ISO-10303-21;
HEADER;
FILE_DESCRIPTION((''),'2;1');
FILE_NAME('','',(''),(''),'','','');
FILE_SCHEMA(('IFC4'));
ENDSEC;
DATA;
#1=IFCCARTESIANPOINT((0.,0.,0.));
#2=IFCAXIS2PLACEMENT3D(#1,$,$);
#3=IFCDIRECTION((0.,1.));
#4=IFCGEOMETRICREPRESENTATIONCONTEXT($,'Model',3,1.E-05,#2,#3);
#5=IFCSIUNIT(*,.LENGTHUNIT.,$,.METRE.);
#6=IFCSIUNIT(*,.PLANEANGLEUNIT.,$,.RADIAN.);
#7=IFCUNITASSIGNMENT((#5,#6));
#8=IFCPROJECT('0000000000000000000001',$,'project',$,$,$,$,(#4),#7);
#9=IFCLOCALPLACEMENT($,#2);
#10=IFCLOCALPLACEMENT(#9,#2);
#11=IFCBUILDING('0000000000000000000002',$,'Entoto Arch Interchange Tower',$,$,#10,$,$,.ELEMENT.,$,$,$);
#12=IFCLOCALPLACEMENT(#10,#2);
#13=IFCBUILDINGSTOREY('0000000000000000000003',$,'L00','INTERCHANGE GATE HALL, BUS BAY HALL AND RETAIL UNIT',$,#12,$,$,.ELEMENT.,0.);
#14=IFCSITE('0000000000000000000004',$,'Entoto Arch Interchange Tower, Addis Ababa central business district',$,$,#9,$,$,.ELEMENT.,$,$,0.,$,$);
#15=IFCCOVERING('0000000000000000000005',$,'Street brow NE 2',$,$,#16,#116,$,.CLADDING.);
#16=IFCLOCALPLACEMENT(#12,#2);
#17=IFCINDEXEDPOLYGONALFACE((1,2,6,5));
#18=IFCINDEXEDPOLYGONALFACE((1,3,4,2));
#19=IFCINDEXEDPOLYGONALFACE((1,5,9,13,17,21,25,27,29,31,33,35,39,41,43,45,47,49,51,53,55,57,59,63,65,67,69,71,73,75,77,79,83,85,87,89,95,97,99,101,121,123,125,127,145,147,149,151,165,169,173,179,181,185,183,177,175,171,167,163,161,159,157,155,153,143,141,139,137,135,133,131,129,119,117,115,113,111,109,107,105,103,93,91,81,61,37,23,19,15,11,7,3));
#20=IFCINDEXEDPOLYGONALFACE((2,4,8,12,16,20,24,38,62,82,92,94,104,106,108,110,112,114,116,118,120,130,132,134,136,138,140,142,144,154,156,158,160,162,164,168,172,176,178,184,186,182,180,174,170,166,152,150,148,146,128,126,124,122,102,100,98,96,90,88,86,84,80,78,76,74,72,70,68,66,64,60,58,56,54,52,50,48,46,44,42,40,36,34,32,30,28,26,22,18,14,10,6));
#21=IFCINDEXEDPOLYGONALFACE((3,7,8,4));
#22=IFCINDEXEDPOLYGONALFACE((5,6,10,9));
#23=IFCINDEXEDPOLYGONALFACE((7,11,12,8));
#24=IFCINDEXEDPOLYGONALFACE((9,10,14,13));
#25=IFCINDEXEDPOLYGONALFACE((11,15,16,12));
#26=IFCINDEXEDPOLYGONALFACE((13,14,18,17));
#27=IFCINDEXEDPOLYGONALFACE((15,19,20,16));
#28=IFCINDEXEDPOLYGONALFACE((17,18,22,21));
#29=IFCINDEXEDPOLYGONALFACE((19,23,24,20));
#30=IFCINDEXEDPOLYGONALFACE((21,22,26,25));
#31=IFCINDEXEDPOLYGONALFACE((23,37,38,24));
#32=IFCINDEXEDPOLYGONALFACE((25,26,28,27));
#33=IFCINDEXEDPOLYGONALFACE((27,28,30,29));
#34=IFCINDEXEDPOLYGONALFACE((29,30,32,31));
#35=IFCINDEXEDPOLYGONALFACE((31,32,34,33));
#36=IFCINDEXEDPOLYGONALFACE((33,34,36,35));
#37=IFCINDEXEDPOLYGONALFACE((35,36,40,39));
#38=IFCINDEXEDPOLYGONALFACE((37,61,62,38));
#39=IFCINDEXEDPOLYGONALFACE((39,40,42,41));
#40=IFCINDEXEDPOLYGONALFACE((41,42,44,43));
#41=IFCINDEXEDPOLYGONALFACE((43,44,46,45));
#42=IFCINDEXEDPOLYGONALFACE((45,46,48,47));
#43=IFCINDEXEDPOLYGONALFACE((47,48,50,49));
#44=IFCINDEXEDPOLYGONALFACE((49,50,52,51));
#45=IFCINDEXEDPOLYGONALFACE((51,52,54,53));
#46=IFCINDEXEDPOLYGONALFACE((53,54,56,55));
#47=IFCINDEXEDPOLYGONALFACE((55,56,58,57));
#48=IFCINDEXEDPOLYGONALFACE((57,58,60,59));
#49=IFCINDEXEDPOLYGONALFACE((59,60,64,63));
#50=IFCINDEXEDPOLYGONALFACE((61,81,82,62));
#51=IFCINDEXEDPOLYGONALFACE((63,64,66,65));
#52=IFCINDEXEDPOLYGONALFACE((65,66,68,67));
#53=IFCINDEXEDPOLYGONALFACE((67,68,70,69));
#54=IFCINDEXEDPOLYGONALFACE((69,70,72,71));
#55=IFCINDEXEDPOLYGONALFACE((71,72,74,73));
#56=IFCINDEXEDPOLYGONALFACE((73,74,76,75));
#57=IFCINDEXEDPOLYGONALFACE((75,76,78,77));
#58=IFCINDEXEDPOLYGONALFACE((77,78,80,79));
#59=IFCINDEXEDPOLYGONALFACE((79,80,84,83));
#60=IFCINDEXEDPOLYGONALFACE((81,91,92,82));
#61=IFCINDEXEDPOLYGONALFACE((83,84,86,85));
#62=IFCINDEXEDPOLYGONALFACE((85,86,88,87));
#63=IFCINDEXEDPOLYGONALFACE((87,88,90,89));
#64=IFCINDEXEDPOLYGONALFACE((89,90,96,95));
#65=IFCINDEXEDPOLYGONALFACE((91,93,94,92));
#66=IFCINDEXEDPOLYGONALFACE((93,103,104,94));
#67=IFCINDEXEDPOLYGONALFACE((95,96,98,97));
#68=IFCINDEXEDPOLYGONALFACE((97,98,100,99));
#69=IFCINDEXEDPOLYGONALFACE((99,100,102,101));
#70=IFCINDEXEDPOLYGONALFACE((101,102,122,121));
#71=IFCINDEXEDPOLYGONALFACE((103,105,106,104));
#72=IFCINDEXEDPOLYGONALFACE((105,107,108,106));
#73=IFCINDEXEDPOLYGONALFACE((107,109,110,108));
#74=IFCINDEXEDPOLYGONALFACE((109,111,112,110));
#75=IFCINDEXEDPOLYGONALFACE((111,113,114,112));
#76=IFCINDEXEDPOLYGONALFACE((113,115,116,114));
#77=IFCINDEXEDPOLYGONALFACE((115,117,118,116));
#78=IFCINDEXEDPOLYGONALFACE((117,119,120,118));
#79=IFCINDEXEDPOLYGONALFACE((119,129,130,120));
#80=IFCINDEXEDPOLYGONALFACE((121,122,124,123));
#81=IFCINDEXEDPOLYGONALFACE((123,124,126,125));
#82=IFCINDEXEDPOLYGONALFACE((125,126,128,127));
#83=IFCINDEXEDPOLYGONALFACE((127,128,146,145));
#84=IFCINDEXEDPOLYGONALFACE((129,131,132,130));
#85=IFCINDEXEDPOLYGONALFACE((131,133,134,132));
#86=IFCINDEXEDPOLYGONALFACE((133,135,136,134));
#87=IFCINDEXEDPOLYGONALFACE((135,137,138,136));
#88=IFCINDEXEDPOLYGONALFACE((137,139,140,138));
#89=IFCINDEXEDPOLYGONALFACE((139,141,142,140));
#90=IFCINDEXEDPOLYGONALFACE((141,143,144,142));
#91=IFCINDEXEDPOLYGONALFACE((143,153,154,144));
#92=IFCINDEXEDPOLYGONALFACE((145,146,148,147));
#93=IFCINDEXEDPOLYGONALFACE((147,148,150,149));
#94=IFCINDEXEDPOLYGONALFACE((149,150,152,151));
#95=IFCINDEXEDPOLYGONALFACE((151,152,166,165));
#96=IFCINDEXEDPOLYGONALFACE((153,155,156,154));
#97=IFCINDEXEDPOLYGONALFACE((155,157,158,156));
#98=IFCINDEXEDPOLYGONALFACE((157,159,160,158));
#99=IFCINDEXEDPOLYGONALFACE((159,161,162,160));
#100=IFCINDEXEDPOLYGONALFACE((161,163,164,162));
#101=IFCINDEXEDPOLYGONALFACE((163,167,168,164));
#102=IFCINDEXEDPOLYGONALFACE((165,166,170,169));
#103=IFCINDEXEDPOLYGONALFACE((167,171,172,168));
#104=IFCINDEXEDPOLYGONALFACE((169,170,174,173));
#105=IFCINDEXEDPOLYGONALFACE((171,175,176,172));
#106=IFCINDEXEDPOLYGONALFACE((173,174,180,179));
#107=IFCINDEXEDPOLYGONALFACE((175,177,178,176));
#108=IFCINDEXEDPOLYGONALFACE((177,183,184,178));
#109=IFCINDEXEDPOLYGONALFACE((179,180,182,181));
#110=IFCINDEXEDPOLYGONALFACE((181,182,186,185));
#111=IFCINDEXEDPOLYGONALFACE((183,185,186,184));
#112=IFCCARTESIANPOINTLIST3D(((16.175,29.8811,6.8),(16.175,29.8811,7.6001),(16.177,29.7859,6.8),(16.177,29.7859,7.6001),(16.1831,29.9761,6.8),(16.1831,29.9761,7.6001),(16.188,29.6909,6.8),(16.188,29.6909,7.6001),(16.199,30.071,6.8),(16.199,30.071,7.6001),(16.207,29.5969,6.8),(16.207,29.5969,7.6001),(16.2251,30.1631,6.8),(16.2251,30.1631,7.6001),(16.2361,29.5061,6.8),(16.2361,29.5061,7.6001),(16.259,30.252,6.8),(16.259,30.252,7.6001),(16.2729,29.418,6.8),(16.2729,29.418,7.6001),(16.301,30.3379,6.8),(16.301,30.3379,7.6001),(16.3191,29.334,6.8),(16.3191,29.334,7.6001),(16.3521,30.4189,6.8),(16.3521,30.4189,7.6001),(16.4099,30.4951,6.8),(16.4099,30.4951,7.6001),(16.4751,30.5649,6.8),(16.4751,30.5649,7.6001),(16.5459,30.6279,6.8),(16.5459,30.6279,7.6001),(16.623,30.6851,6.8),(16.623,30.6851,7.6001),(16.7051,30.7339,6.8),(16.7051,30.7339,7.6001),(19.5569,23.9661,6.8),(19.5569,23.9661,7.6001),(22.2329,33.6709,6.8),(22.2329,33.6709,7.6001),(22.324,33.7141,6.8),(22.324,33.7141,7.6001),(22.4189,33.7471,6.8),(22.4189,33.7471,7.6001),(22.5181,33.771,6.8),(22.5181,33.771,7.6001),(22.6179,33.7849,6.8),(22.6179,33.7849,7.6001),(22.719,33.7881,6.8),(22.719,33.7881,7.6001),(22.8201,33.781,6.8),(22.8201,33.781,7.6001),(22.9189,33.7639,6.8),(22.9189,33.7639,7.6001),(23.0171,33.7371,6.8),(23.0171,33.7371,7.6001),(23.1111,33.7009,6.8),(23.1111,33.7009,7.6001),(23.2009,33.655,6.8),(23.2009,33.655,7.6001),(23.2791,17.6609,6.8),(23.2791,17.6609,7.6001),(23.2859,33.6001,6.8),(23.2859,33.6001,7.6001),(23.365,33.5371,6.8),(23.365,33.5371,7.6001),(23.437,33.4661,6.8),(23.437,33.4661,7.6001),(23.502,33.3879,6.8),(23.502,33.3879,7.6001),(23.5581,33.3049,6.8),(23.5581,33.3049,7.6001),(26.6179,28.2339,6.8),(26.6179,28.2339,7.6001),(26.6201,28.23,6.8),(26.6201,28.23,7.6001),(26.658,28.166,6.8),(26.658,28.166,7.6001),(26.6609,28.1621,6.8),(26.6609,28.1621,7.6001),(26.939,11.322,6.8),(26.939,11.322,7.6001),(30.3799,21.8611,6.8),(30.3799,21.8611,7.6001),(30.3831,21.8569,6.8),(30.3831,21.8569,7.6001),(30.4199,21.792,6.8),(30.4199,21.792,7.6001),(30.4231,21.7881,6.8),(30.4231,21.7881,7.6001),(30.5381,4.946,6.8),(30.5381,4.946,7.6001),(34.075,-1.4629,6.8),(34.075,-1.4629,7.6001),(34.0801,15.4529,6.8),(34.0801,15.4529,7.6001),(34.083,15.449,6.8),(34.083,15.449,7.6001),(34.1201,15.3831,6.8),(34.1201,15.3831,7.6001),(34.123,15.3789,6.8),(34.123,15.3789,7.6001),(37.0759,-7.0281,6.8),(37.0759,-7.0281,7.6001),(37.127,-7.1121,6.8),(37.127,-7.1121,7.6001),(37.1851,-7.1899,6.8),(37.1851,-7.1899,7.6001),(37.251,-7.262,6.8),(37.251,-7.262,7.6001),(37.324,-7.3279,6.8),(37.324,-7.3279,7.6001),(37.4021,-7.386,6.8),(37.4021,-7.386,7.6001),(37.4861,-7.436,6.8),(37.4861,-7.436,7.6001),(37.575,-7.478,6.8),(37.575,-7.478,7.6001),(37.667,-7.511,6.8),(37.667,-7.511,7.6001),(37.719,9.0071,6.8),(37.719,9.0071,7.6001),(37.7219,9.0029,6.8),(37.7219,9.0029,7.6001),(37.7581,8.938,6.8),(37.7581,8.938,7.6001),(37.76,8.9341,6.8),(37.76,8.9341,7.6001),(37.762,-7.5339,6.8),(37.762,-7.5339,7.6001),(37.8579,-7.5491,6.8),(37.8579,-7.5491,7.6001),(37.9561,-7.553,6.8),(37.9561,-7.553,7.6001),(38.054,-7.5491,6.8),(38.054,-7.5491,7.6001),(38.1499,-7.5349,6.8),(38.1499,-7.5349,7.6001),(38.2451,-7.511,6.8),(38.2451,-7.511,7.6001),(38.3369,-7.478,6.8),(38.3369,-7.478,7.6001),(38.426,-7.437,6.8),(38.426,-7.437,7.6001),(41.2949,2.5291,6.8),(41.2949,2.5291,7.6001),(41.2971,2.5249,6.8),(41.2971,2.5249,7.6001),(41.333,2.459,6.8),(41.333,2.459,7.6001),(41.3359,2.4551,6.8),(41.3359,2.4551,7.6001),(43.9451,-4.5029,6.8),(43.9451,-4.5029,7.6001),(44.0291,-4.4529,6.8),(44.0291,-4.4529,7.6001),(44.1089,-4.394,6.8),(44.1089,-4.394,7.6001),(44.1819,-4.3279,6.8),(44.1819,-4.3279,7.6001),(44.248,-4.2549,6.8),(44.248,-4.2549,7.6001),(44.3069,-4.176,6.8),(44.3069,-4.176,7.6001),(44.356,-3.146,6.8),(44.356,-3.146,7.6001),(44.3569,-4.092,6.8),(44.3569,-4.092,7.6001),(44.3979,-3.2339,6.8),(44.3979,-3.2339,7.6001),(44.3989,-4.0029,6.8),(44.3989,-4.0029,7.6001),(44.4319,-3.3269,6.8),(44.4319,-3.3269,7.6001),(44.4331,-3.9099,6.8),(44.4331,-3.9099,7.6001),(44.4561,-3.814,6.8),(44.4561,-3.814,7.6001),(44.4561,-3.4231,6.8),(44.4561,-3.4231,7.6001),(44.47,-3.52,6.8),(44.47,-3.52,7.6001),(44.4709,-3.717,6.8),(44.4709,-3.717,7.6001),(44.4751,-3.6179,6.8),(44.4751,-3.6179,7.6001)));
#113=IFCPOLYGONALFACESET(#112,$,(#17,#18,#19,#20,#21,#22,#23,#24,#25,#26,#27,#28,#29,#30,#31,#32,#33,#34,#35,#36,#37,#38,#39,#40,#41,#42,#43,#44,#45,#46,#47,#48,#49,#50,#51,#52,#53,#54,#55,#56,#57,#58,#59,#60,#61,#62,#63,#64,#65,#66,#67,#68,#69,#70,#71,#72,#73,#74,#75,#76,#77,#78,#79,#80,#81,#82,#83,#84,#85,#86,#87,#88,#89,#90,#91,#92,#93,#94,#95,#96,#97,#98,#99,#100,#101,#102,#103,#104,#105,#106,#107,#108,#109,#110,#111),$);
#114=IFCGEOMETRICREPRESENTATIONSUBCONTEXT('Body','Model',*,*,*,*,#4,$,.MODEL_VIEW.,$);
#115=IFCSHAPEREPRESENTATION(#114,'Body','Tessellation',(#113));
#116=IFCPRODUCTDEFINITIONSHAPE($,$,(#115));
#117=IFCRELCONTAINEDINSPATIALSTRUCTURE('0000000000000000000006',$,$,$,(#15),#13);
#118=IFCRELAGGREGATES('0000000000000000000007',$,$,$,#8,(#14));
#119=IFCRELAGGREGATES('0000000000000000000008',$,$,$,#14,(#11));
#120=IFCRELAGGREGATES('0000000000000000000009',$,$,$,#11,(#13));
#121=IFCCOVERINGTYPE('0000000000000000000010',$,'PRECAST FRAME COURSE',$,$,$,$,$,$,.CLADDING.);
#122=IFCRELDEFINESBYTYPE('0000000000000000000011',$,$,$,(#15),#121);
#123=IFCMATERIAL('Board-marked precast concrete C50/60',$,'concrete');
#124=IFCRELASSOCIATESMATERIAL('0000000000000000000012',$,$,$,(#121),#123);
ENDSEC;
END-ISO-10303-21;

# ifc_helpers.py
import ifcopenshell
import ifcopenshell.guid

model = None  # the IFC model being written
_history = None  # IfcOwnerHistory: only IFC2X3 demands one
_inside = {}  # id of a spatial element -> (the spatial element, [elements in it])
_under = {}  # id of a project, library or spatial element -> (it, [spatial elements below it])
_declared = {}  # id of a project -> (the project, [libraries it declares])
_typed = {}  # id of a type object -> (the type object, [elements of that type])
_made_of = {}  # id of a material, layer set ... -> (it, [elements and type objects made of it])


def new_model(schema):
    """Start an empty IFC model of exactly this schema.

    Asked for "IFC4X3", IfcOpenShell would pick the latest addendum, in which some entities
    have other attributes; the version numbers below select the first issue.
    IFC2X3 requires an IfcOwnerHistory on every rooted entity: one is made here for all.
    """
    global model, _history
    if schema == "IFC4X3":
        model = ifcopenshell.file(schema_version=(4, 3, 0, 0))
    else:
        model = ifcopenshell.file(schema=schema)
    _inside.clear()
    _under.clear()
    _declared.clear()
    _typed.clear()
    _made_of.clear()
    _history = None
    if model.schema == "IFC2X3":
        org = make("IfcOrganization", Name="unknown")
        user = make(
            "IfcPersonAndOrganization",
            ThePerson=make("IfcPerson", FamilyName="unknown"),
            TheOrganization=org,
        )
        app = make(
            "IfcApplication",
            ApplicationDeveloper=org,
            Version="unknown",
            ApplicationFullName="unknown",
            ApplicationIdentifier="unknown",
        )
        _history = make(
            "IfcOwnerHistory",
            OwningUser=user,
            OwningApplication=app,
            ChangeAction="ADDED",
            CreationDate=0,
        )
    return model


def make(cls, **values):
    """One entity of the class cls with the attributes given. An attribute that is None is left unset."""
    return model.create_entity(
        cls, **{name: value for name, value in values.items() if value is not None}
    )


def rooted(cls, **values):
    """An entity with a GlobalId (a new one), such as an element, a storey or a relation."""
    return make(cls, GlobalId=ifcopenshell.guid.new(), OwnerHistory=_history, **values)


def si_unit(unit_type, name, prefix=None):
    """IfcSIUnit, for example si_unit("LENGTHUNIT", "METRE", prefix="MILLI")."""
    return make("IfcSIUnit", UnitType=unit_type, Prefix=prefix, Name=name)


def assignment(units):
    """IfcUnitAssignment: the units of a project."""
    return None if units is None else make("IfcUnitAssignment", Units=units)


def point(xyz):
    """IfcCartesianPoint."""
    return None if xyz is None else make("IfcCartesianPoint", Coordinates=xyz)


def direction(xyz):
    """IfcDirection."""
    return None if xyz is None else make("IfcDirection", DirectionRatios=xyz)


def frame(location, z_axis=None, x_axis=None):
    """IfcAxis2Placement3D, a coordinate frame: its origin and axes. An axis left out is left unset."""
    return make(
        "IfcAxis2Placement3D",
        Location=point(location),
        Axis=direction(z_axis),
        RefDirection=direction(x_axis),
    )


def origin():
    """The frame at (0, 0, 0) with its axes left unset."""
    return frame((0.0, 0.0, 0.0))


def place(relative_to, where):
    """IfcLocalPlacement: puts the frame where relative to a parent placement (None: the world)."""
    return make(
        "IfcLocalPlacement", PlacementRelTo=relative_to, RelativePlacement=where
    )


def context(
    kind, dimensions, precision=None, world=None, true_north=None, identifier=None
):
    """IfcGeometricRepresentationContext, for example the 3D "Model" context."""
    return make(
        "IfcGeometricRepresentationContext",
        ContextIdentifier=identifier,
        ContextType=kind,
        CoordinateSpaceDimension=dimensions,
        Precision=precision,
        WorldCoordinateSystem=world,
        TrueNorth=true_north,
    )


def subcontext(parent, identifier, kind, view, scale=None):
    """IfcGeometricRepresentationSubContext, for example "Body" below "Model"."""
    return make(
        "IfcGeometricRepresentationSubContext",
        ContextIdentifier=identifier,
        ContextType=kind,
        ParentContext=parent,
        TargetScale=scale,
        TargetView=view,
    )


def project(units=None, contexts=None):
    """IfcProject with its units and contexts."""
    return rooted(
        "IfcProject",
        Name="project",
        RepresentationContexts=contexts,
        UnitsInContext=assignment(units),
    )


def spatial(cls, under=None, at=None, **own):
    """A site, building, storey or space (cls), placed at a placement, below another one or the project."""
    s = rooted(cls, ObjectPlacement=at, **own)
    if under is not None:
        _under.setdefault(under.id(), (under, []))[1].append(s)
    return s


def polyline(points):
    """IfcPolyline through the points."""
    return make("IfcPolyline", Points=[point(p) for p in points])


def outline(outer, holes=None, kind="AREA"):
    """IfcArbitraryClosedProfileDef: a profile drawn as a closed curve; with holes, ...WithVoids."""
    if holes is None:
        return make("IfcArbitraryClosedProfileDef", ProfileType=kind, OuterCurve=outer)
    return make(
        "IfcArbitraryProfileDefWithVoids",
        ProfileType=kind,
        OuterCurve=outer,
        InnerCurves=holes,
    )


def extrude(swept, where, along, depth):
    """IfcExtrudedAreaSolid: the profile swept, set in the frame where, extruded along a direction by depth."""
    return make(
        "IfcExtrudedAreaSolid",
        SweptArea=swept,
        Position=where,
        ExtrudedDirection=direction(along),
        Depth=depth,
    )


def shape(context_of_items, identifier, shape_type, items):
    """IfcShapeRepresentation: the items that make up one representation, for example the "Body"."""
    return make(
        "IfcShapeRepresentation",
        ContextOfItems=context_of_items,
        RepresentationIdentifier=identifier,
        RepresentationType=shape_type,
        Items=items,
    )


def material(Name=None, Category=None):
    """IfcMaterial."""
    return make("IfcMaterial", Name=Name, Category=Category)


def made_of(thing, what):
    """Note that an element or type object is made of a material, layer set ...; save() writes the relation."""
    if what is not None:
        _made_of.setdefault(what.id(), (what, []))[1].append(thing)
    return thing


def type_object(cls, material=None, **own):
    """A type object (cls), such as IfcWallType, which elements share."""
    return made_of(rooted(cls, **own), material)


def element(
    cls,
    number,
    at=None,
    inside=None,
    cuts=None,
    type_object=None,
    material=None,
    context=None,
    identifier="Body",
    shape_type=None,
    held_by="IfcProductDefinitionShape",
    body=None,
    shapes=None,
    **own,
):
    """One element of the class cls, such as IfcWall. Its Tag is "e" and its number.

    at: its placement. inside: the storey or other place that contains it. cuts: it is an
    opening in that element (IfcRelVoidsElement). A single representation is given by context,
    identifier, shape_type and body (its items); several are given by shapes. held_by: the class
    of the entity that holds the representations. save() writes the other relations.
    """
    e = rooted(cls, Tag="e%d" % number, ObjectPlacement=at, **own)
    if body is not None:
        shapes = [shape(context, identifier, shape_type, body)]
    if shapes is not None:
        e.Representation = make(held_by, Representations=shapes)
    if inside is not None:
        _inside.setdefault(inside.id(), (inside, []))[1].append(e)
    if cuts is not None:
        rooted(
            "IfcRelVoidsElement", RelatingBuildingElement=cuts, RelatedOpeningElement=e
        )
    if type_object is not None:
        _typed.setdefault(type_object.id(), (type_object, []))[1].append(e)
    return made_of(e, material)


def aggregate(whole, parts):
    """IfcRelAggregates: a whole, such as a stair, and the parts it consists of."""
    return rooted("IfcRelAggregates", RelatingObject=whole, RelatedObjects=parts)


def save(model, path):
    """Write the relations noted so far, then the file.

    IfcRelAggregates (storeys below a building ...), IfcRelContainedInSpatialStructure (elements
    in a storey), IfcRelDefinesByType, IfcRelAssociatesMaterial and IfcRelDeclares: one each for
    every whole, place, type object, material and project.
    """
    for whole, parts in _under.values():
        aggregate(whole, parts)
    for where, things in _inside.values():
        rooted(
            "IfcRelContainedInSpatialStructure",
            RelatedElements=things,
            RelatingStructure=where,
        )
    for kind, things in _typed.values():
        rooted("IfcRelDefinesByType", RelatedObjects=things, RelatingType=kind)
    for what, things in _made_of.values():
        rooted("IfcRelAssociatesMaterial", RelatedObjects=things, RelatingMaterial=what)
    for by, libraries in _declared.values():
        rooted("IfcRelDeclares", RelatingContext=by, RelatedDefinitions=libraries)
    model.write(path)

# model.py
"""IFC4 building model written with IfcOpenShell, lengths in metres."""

from ifc_helpers import new_model, si_unit, direction, frame, origin, place, context, subcontext, project, spatial, polyline, outline, extrude, material, type_object, element, save


model = new_model("IFC4")

# Units and contexts
model_context = context("Model", 3, precision=1e-05, world=origin(), true_north=direction((0.0, 1.0)))
body_context = subcontext(model_context, "Body", "Model", "MODEL_VIEW")
ifc_project = project(units=[si_unit("LENGTHUNIT", "METRE"), si_unit("PLANEANGLEUNIT", "RADIAN")], contexts=[model_context])

# Site, building, storey
site_placement = place(None, origin())
site = spatial("IfcSite", under=ifc_project, at=site_placement, Name="Entoto Arch Interchange Tower, Addis Ababa central business district", CompositionType="ELEMENT", RefElevation=0.0)
building_placement = place(site_placement, origin())
building = spatial("IfcBuilding", under=site, at=building_placement, Name="Entoto Arch Interchange Tower", CompositionType="ELEMENT")
storey_placement = place(building_placement, origin())
storey = spatial("IfcBuildingStorey", under=building, at=storey_placement, Name="L00", Description="INTERCHANGE GATE HALL, BUS BAY HALL AND RETAIL UNIT", CompositionType="ELEMENT", Elevation=0.0)

# Covering
ifc_material_1 = material(Name="Board-marked precast concrete C50/60", Category="concrete")
covering_type = type_object("IfcCoveringType", Name="PRECAST FRAME COURSE", PredefinedType="CLADDING", material=ifc_material_1)
covering_1_placement = place(storey_placement, frame((0.0, 0.0, 6.8)))
element("IfcCovering", 1, at=covering_1_placement, inside=storey, type_object=covering_type, Name="Street brow NE 2", PredefinedType="CLADDING", context=body_context, shape_type="SweptSolid", body=[
    extrude(outline(polyline([(26.6179, 28.2339), (26.6201, 28.23), (26.658, 28.166), (26.6609, 28.1621), (30.3799, 21.8611), (30.3831, 21.8569), (30.4199, 21.792), (30.4231, 21.7881), (34.0801, 15.4529), (34.083, 15.449), (34.1201, 15.3831), (34.123, 15.3789), (37.719, 9.0071), (37.7219, 9.0029), (37.7581, 8.938), (37.76, 8.9341), (41.2949, 2.5291), (41.2971, 2.5249), (41.333, 2.459), (41.3359, 2.4551), (44.356, -3.146), (44.3979, -3.2339), (44.4319, -3.3269), (44.4561, -3.4231), (44.47, -3.52), (44.4751, -3.6179), (44.4709, -3.717), (44.4561, -3.814), (44.4331, -3.9099), (44.3989, -4.0029), (44.3569, -4.092), (44.3069, -4.176), (44.248, -4.2549), (44.1819, -4.3279), (44.1089, -4.394), (44.0291, -4.4529), (43.9451, -4.5029), (38.426, -7.437), (38.3369, -7.478), (38.2451, -7.511), (38.1499, -7.5349), (38.054, -7.5491), (37.9561, -7.553), (37.8579, -7.5491), (37.762, -7.5339), (37.667, -7.511), (37.575, -7.478), (37.4861, -7.436), (37.4021, -7.386), (37.324, -7.3279), (37.251, -7.262), (37.1851, -7.1899), (37.127, -7.1121), (37.0759, -7.0281), (34.075, -1.4629), (30.5381, 4.946), (26.939, 11.322), (23.2791, 17.6609), (19.5569, 23.9661), (16.3191, 29.334), (16.2729, 29.418), (16.2361, 29.5061), (16.207, 29.5969), (16.188, 29.6909), (16.177, 29.7859), (16.175, 29.8811), (16.1831, 29.9761), (16.199, 30.071), (16.2251, 30.1631), (16.259, 30.252), (16.301, 30.3379), (16.3521, 30.4189), (16.4099, 30.4951), (16.4751, 30.5649), (16.5459, 30.6279), (16.623, 30.6851), (16.7051, 30.7339), (22.2329, 33.6709), (22.324, 33.7141), (22.4189, 33.7471), (22.5181, 33.771), (22.6179, 33.7849), (22.719, 33.7881), (22.8201, 33.781), (22.9189, 33.7639), (23.0171, 33.7371), (23.1111, 33.7009), (23.2009, 33.655), (23.2859, 33.6001), (23.365, 33.5371), (23.437, 33.4661), (23.502, 33.3879), (23.5581, 33.3049), (26.6179, 28.2339)])), origin(), (0.0, 0.0, 1.0), 0.8),
])

save(model, "model.ifc")
